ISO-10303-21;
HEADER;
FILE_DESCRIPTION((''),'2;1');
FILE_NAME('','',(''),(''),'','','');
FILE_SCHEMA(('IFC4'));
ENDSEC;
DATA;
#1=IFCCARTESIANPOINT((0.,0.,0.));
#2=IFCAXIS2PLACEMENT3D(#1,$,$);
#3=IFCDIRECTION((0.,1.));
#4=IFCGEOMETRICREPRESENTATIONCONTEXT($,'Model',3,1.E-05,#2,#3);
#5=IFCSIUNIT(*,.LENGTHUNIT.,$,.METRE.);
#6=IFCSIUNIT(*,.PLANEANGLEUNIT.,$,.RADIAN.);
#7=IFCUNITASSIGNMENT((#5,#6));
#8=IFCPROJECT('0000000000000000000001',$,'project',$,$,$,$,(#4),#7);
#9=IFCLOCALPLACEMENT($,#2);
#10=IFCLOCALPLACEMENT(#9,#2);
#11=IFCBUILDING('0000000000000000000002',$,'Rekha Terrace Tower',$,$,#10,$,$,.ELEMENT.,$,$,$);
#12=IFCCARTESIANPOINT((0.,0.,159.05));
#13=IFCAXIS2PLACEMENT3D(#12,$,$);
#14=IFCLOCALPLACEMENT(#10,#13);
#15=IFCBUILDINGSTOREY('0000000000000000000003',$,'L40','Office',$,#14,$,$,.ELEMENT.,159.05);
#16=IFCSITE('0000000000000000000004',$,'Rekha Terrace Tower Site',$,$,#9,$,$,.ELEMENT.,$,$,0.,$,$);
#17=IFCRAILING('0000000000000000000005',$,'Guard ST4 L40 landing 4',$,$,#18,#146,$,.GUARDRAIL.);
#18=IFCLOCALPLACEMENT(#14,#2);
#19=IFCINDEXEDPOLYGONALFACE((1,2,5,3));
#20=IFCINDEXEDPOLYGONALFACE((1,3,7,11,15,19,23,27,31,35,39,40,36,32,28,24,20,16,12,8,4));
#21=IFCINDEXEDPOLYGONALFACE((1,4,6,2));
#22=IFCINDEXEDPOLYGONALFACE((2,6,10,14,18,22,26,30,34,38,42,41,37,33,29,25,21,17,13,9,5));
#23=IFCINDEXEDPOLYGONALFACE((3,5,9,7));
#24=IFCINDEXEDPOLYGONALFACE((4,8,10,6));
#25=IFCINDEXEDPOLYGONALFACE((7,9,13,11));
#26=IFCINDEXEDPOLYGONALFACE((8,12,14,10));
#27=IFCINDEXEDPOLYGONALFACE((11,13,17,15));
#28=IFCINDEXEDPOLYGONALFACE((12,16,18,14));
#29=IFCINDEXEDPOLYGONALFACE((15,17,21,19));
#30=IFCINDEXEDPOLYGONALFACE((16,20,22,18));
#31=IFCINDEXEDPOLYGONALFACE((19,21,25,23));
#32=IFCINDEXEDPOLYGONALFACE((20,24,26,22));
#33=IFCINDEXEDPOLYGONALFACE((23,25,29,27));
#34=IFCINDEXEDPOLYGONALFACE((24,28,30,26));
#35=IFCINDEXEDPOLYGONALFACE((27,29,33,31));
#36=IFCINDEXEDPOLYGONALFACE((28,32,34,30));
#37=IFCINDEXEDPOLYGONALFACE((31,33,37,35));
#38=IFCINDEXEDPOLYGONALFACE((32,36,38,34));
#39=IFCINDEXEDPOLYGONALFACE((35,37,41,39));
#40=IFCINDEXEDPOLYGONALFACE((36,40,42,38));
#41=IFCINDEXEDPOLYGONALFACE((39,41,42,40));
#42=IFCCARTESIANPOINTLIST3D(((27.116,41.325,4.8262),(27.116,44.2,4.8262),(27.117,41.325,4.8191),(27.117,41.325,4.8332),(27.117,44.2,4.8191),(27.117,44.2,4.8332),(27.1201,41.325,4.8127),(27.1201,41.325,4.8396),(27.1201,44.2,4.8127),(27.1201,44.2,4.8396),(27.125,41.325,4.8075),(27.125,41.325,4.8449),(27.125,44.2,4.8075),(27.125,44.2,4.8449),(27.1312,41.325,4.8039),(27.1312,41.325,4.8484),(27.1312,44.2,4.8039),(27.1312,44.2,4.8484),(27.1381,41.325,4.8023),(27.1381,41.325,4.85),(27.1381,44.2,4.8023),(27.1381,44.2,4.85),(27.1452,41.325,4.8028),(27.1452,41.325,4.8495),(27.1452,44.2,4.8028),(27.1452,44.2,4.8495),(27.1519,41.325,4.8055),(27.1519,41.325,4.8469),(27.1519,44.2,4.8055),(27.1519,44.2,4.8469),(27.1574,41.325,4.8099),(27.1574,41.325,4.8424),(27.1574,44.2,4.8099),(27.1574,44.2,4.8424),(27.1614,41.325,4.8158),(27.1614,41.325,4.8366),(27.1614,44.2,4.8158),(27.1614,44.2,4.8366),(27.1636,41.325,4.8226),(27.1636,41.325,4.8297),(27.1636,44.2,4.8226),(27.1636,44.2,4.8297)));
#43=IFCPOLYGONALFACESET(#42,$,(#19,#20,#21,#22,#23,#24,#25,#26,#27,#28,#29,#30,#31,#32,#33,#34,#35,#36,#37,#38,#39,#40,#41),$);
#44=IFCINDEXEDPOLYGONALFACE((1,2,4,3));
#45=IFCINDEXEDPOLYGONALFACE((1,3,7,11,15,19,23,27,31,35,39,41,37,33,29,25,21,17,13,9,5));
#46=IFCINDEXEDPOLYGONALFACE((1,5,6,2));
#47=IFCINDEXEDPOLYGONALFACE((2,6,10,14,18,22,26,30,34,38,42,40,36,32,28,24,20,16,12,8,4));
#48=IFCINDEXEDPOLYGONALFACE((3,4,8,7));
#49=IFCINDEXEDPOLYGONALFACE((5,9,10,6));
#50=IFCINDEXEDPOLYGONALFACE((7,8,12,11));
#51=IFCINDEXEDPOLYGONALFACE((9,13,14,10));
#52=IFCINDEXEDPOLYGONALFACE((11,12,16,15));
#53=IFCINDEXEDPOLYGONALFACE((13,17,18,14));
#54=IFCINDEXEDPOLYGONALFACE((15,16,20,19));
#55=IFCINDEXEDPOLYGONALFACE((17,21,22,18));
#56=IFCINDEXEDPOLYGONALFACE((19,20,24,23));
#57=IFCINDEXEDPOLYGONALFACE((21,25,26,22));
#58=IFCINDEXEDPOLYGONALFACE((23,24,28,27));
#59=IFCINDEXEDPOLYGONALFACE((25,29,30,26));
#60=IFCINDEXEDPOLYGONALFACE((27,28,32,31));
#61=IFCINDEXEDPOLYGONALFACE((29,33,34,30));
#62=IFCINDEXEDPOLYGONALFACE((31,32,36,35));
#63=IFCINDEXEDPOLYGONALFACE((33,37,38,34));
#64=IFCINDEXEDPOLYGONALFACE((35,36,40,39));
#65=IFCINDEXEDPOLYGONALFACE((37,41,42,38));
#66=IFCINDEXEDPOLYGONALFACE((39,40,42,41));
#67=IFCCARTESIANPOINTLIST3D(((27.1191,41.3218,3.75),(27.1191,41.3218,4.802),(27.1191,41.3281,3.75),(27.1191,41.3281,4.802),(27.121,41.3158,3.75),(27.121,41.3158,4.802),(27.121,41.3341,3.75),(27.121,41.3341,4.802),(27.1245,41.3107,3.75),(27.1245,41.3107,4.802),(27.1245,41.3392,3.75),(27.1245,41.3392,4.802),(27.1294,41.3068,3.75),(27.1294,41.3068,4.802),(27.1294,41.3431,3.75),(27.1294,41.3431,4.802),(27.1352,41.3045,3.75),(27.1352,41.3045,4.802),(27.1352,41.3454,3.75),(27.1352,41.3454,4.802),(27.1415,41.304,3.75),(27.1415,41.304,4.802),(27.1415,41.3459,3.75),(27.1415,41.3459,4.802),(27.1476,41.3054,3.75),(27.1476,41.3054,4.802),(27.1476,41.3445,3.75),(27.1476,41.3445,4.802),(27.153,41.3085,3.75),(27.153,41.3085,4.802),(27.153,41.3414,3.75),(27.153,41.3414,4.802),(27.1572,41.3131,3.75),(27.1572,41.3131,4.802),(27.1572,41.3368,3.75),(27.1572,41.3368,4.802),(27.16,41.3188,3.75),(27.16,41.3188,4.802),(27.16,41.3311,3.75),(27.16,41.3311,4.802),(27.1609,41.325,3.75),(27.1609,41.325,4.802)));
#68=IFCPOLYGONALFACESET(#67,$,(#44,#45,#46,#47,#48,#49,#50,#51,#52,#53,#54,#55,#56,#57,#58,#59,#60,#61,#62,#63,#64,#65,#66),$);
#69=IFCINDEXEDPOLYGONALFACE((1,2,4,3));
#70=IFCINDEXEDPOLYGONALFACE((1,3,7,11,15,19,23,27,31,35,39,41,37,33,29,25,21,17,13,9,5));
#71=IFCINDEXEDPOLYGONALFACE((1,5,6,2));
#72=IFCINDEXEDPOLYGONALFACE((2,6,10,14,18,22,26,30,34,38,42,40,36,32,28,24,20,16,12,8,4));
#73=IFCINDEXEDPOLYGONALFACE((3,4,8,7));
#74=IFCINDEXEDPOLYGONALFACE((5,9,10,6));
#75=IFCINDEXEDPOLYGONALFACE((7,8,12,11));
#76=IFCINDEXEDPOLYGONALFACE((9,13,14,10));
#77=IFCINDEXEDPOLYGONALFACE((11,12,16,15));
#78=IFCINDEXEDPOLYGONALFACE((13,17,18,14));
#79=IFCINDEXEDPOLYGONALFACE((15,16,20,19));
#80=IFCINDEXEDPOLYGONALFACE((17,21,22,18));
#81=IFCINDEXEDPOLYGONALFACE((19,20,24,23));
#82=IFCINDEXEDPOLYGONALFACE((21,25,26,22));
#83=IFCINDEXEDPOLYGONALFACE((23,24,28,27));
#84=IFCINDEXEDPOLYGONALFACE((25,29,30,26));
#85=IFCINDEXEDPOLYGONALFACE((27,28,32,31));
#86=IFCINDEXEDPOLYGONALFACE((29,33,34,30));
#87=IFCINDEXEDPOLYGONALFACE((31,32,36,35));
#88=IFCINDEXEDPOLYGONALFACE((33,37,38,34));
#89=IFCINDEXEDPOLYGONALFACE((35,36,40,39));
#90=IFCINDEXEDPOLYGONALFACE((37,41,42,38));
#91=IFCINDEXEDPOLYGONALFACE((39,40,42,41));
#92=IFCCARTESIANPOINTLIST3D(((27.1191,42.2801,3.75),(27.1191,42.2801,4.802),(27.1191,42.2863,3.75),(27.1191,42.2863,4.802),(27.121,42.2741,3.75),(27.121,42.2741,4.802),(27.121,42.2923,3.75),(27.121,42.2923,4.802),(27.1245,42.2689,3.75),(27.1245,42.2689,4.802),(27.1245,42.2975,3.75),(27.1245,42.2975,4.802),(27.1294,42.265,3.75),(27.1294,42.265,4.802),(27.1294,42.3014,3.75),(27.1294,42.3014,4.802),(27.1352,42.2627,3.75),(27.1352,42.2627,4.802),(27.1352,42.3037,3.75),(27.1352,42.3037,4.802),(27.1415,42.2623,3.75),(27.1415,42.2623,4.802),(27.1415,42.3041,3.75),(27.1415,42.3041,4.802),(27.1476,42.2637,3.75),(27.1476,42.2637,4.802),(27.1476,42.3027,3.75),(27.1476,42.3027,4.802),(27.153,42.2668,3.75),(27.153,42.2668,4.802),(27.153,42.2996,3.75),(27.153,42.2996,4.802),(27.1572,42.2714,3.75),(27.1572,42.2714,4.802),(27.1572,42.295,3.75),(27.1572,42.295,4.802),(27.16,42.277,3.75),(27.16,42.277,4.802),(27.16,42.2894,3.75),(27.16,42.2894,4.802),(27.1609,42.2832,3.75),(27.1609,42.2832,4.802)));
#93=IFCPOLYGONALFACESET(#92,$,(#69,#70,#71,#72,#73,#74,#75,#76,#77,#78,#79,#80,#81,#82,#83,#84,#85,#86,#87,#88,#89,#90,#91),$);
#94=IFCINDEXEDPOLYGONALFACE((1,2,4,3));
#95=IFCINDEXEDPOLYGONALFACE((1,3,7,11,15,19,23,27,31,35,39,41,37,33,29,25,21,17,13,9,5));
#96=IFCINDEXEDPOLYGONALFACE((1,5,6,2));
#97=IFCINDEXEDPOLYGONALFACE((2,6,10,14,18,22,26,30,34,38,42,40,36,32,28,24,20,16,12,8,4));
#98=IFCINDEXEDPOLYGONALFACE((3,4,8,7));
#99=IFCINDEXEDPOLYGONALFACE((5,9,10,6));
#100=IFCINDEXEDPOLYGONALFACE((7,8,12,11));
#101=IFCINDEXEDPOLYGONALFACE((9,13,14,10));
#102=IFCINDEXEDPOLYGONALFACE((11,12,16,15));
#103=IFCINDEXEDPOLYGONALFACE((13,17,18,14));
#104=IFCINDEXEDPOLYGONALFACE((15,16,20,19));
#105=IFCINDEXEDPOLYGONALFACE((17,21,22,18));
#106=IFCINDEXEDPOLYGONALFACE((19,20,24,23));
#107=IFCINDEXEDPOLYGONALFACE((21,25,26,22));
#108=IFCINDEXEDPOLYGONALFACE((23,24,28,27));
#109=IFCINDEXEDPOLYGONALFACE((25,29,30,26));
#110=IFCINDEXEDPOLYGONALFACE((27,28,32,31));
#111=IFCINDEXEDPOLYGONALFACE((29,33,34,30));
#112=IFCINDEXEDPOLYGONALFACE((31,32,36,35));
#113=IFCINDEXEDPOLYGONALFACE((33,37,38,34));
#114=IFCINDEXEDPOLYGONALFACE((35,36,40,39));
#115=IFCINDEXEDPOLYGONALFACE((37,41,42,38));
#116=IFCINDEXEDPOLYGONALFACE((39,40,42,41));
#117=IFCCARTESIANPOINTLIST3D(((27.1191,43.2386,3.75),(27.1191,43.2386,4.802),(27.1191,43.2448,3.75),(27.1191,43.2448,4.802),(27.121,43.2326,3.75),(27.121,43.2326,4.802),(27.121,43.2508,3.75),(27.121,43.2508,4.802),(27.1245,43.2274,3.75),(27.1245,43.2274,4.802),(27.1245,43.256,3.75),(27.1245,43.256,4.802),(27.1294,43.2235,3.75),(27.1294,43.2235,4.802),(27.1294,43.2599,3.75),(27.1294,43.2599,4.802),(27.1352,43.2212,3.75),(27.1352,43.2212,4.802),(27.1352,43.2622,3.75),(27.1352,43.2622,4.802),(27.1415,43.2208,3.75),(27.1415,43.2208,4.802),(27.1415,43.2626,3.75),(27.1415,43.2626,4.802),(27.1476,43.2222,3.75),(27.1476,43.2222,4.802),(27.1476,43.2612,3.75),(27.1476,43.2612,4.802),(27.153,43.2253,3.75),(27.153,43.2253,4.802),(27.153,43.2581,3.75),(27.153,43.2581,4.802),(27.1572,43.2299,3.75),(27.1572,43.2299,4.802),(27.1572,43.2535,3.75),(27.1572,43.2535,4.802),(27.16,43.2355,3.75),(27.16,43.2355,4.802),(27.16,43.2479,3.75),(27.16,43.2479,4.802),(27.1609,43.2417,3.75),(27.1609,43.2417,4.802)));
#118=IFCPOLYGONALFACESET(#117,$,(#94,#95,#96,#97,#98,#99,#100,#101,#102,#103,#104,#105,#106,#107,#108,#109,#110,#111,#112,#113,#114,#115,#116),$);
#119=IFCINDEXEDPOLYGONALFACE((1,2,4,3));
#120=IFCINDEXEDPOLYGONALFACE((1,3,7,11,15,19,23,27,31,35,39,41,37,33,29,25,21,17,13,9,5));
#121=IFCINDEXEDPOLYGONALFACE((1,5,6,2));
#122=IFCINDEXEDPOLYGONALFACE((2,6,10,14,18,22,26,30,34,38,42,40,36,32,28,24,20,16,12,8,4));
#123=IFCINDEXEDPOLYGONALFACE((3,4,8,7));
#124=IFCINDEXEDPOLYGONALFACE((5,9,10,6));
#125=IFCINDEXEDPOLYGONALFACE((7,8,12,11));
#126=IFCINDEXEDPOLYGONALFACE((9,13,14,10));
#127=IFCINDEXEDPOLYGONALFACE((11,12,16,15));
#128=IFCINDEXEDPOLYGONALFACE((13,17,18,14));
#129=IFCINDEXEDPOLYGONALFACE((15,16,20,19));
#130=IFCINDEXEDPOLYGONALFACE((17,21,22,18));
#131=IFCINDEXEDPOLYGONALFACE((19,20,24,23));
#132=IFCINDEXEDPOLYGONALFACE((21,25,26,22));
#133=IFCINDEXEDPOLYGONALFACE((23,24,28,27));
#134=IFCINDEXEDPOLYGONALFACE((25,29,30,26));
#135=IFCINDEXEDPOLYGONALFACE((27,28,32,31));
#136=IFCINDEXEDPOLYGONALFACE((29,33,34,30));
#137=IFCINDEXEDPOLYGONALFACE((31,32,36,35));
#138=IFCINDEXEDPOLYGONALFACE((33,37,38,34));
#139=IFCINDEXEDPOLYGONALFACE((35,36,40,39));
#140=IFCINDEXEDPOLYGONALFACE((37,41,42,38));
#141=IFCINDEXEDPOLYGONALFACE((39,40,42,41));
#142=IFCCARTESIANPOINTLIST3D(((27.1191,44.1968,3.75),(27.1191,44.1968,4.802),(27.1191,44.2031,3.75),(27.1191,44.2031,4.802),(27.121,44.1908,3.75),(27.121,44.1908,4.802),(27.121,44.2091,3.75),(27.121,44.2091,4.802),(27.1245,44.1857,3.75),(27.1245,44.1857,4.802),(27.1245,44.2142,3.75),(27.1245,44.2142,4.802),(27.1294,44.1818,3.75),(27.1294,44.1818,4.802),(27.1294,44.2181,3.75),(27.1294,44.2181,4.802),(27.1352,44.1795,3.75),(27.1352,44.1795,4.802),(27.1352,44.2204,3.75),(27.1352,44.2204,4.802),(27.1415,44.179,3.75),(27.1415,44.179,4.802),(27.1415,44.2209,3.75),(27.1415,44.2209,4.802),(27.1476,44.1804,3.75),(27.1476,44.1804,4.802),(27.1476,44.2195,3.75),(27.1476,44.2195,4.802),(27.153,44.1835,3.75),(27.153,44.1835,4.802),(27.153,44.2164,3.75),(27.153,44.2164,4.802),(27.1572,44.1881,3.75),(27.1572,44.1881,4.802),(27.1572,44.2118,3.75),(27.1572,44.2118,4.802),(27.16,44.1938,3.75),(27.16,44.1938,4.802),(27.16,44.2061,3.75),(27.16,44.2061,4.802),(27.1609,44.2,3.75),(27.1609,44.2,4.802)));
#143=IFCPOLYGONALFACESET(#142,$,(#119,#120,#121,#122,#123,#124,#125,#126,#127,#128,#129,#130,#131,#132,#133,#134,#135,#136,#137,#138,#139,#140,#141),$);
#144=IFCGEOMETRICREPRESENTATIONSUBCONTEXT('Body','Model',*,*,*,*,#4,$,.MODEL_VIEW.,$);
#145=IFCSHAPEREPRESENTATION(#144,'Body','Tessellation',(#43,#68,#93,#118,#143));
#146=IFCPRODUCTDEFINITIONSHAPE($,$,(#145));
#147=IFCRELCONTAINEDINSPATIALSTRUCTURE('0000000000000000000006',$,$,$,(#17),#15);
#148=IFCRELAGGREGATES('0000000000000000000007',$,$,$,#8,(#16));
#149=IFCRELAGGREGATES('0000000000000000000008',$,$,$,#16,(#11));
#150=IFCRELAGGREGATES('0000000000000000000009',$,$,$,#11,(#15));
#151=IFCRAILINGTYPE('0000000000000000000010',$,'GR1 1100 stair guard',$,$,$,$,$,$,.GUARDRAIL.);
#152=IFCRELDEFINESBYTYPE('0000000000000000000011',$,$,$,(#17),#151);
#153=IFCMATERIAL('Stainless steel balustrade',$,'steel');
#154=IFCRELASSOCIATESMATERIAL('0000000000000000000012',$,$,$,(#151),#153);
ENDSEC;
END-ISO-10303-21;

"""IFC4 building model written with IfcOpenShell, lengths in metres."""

from ifc_helpers import new_model, si_unit, direction, frame, origin, origin_2d, place, context, subcontext, project, spatial, circle, extrude, material, type_object, element, save


model = new_model("IFC4")

# Units and contexts
model_context = context("Model", 3, precision=1e-05, world=origin(), true_north=direction((0.0, 1.0)))
body_context = subcontext(model_context, "Body", "Model", "MODEL_VIEW")
ifc_project = project(units=[si_unit("LENGTHUNIT", "METRE"), si_unit("PLANEANGLEUNIT", "RADIAN")], contexts=[model_context])

# Site, building, storey
site_placement = place(None, origin())
site = spatial("IfcSite", under=ifc_project, at=site_placement, Name="Rekha Terrace Tower Site", CompositionType="ELEMENT", RefElevation=0.0)
building_placement = place(site_placement, origin())
building = spatial("IfcBuilding", under=site, at=building_placement, Name="Rekha Terrace Tower", CompositionType="ELEMENT")
storey_placement = place(building_placement, frame((0.0, 0.0, 159.05)))
storey = spatial("IfcBuildingStorey", under=building, at=storey_placement, Name="L40", Description="Office", CompositionType="ELEMENT", Elevation=159.05)

# Railing
ifc_material_1 = material(Name="Stainless steel balustrade", Category="steel")
railing_type_1 = type_object("IfcRailingType", Name="GR1 1100 stair guard", PredefinedType="GUARDRAIL", material=ifc_material_1)
railing_1_placement = place(storey_placement, frame((27.1399, 41.325, 3.75)))
element("IfcRailing", 1, at=railing_1_placement, inside=storey, type_object=railing_type_1, Name="Guard ST4 L40 landing 4", PredefinedType="GUARDRAIL", context=body_context, shape_type="SweptSolid", body=[
    extrude(circle(Radius=0.0239, at=origin_2d()), frame((0.0, 0.0, 1.0762), z_axis=(0.0, 1.0, 0.0), x_axis=(-1.0, 0.0, 0.0)), (0.0, 0.0, 1.0), 2.875),
    extrude(circle(Radius=0.021, at=origin_2d()), origin(), (0.0, 0.0, 1.0), 1.052),
    extrude(circle(Radius=0.021, at=origin_2d()), frame((0.0, 0.9583, 0.0)), (0.0, 0.0, 1.0), 1.052),
    extrude(circle(Radius=0.021, at=origin_2d()), frame((0.0, 1.9167, 0.0)), (0.0, 0.0, 1.0), 1.052),
    extrude(circle(Radius=0.021, at=origin_2d()), frame((0.0, 2.875, 0.0)), (0.0, 0.0, 1.0), 1.052),
])

save(model, "model.ifc")
